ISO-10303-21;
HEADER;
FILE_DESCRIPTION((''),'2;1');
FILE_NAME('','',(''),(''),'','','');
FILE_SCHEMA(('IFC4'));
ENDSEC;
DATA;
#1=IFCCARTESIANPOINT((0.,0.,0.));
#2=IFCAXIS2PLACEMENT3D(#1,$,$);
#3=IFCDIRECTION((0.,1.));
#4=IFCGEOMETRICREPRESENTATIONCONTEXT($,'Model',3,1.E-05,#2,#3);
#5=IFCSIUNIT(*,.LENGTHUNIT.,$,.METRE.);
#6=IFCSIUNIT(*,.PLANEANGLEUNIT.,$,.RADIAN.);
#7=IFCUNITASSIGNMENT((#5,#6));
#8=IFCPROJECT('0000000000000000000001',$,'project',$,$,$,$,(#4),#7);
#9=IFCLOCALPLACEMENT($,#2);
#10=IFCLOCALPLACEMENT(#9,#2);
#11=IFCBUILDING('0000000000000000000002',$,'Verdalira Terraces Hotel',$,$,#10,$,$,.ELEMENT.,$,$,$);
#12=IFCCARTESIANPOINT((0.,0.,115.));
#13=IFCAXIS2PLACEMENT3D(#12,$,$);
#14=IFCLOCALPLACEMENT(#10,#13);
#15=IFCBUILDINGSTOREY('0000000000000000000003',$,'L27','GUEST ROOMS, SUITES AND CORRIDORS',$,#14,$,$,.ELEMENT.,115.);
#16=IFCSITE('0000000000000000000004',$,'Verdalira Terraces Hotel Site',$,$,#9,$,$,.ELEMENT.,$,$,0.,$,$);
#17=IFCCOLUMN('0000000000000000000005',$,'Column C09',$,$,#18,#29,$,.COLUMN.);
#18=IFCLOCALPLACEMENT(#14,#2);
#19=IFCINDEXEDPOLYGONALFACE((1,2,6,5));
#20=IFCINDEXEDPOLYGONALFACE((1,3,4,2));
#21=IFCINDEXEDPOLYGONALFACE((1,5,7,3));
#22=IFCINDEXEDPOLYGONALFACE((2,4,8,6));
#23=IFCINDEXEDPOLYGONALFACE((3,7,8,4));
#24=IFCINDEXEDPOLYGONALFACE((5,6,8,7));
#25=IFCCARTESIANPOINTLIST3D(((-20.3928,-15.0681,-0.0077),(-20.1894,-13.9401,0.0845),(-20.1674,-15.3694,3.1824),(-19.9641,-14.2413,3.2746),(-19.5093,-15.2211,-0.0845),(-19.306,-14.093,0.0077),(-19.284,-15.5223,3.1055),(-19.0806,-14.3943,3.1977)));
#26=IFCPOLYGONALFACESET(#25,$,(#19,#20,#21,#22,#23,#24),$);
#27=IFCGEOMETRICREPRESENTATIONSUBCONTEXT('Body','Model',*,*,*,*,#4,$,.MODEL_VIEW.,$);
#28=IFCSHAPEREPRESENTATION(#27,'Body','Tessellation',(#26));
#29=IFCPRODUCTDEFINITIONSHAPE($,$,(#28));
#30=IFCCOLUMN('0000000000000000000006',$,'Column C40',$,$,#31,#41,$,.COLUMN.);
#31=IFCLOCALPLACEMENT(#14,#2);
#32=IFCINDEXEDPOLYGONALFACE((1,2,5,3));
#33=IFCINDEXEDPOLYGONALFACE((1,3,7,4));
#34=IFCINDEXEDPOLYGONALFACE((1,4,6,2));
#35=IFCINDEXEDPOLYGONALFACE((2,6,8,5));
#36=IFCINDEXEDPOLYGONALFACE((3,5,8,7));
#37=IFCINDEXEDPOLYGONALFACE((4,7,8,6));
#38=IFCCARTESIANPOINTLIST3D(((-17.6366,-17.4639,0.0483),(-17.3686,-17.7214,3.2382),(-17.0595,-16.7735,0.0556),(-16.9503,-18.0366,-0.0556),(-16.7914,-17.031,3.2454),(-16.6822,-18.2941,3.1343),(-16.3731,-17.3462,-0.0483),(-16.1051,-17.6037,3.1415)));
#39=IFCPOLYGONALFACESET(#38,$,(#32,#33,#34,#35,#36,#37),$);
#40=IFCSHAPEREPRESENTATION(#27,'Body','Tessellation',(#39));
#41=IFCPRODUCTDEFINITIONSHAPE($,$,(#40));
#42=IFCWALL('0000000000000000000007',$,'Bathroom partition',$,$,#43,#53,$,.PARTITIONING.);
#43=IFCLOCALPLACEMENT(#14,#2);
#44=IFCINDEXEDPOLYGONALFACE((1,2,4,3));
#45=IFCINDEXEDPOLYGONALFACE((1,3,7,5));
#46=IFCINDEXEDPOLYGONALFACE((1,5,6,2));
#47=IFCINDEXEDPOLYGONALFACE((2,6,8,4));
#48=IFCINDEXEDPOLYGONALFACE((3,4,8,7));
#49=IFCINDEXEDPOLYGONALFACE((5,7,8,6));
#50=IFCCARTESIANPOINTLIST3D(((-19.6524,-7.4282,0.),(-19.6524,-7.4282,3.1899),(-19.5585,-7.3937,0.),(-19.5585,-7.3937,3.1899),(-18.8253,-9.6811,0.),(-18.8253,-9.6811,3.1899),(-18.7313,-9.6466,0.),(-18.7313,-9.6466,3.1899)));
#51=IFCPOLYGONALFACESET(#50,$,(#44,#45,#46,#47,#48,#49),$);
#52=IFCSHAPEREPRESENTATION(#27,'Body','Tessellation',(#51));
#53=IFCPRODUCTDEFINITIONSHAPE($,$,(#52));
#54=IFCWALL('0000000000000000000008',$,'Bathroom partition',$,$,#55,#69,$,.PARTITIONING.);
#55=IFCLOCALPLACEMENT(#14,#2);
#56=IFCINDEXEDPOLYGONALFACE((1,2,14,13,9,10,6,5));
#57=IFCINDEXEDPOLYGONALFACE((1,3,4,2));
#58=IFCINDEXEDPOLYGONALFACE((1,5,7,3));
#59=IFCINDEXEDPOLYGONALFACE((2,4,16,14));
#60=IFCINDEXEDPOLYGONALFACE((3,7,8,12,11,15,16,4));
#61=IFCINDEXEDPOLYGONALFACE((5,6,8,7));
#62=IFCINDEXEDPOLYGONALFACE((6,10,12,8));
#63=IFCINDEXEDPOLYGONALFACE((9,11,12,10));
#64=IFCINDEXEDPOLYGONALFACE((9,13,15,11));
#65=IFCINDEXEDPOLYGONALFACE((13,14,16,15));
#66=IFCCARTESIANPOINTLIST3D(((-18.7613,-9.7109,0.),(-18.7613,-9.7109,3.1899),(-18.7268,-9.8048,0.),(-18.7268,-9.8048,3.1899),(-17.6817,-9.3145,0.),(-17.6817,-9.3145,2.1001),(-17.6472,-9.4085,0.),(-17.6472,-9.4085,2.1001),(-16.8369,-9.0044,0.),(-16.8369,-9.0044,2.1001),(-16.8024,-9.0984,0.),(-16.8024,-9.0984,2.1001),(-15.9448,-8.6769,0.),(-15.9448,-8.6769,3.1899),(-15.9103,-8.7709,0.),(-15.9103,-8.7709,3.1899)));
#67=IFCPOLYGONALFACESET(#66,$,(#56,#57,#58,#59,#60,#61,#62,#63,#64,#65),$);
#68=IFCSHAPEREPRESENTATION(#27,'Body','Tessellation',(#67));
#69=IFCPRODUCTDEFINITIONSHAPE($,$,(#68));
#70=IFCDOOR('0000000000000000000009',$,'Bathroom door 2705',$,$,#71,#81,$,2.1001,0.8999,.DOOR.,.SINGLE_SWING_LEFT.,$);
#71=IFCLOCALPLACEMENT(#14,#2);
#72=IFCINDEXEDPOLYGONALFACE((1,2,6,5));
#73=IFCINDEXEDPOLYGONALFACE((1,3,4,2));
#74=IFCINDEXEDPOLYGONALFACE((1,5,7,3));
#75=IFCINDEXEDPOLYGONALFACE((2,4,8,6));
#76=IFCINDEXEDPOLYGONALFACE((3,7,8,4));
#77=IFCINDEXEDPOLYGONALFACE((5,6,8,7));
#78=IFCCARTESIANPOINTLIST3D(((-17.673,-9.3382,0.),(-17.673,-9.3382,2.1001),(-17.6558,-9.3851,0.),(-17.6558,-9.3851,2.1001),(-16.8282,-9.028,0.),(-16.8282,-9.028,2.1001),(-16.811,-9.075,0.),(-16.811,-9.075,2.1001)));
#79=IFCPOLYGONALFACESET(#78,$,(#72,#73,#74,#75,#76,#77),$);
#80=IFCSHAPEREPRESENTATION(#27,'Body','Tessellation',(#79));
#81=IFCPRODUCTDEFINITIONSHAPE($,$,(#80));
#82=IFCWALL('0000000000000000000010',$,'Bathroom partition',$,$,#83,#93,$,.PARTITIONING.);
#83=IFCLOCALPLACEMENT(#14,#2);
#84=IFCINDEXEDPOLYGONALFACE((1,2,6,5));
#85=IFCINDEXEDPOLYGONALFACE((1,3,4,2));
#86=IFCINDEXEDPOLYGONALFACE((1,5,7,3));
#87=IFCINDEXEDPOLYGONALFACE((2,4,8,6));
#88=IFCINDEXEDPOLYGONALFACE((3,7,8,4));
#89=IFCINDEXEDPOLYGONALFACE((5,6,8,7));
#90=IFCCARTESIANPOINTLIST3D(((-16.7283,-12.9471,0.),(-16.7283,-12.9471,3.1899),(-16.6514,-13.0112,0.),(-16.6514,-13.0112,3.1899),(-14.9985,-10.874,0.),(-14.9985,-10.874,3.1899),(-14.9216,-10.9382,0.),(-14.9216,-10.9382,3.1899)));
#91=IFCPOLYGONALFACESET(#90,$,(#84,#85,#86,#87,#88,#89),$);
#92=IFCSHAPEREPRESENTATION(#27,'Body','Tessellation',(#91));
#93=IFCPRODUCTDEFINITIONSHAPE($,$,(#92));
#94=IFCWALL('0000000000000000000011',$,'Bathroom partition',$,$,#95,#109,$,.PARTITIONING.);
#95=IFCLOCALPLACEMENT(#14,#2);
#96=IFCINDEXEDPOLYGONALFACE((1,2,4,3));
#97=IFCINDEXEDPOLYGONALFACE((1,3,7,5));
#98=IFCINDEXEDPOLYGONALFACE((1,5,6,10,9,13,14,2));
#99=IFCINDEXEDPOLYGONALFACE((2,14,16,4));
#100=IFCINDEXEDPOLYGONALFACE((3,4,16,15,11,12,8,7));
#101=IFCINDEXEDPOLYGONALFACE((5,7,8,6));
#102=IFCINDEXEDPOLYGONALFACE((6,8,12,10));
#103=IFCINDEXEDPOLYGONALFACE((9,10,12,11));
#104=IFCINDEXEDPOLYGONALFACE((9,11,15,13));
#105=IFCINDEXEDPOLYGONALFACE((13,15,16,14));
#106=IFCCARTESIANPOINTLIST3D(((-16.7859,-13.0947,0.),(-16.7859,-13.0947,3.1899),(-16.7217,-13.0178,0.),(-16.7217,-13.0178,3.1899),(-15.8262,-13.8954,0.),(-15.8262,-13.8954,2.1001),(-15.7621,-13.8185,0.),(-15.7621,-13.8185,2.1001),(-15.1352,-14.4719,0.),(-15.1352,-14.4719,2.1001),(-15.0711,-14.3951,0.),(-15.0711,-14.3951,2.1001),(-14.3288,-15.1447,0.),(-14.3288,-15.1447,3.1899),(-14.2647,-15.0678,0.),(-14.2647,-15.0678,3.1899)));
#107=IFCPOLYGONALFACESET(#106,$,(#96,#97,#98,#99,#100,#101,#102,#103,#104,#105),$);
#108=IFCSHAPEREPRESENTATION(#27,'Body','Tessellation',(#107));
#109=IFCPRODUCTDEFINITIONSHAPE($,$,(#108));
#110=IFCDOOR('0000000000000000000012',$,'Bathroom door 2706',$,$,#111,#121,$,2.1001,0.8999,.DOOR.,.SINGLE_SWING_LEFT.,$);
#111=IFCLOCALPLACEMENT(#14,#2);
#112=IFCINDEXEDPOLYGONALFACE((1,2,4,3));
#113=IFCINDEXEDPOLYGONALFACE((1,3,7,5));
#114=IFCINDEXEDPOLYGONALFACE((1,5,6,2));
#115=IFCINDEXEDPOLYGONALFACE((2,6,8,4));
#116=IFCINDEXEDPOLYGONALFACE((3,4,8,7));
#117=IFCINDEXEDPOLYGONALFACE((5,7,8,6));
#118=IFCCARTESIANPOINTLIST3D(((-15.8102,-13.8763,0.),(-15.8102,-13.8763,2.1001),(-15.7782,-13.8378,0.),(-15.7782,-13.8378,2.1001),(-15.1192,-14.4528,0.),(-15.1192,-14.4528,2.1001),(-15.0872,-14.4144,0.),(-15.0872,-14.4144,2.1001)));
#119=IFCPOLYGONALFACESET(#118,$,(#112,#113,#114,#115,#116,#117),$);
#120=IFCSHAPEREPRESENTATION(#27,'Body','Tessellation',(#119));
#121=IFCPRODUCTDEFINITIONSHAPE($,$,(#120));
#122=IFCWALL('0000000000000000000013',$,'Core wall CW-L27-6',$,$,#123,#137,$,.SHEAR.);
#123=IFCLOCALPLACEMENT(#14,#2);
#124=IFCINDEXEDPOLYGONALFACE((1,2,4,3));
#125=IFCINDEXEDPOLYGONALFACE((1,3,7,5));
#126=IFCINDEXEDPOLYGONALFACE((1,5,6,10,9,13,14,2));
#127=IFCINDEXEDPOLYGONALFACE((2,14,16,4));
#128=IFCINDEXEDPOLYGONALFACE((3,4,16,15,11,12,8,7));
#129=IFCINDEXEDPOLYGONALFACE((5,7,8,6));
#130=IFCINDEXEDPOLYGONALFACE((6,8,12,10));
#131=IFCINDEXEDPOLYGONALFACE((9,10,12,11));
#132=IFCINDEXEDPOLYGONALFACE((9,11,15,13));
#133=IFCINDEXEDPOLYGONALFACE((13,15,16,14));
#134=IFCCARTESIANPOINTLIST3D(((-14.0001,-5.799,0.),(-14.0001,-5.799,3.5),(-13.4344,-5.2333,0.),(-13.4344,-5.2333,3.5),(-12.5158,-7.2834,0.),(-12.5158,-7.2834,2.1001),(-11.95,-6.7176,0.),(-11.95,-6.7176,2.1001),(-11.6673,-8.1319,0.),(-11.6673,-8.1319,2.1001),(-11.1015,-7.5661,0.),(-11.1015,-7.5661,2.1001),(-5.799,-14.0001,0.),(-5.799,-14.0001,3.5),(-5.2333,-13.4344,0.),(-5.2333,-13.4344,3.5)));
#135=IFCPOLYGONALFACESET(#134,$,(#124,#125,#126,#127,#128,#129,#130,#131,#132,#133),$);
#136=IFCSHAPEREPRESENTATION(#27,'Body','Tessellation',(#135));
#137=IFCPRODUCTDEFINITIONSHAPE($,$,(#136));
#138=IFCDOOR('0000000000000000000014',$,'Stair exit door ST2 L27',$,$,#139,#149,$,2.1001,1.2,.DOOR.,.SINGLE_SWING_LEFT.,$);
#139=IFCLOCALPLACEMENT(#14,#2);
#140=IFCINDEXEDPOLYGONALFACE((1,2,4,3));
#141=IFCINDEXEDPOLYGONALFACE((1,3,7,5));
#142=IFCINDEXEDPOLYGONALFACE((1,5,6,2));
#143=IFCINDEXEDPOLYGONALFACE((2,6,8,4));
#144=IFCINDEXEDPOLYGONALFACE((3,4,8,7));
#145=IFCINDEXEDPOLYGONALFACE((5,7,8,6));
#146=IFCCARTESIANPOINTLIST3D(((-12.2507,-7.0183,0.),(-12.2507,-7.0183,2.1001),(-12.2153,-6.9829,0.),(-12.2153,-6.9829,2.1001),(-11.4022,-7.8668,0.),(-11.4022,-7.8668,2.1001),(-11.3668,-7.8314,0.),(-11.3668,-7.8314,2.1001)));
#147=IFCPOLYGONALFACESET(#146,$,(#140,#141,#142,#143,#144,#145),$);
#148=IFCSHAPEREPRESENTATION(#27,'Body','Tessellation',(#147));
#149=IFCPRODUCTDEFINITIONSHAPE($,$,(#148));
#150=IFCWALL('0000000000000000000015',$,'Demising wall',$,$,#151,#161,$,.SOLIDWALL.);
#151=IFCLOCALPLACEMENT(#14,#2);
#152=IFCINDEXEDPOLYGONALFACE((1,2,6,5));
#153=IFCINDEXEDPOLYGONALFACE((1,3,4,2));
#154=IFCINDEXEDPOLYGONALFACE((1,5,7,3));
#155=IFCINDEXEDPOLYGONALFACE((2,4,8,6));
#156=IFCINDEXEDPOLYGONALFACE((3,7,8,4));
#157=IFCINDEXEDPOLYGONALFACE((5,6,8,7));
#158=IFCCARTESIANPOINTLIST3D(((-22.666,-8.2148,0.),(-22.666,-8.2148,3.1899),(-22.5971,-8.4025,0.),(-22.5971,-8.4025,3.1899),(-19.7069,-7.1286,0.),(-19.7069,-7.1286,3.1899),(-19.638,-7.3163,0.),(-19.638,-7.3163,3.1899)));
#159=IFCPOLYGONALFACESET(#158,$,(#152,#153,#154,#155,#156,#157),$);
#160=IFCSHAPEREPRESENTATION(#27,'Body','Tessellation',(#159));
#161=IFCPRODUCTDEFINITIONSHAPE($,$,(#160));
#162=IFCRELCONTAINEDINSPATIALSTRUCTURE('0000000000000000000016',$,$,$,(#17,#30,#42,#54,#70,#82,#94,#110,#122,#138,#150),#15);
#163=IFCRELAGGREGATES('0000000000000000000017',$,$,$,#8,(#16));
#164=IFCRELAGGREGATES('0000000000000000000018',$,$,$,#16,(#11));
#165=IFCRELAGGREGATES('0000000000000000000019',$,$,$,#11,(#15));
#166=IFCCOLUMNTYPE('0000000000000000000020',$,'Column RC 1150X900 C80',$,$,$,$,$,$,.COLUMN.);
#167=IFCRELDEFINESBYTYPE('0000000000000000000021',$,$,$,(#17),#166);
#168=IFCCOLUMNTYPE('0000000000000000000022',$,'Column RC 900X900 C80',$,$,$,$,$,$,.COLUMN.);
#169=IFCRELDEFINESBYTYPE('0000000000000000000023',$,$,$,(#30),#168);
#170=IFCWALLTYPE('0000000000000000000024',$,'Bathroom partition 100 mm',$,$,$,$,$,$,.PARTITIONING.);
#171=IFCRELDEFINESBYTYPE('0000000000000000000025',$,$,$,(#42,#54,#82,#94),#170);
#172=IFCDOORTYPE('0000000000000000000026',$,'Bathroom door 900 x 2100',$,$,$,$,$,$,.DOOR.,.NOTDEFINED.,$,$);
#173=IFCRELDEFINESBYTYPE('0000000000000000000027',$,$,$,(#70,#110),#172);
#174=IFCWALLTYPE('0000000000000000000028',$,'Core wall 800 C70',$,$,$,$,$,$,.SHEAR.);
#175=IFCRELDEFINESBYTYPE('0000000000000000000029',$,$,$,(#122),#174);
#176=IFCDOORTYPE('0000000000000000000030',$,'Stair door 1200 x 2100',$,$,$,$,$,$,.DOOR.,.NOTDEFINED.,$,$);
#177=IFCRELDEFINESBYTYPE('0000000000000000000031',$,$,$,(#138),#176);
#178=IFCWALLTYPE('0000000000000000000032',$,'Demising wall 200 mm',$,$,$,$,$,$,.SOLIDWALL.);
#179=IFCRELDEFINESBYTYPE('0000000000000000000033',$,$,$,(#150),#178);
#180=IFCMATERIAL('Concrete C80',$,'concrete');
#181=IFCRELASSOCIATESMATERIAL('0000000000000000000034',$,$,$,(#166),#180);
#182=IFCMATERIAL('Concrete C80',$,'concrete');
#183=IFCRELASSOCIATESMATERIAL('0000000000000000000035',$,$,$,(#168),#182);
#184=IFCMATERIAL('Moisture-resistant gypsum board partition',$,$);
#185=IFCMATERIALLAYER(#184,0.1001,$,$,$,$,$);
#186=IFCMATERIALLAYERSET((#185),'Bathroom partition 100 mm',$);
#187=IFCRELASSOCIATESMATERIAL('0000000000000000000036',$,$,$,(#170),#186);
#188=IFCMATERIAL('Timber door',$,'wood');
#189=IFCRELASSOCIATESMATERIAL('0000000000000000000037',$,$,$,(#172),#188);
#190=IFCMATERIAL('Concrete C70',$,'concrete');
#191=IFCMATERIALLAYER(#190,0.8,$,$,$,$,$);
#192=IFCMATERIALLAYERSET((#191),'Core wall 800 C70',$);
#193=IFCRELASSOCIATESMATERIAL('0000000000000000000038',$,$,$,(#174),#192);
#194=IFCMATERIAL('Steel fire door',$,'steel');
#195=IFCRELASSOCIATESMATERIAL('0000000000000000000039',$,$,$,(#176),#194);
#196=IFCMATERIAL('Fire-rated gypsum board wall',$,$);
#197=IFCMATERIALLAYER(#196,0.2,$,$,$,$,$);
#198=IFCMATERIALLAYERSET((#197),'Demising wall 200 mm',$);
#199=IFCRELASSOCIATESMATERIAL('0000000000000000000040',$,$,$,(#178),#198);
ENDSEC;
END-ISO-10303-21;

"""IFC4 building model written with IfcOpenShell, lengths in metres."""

from ifc_helpers import new_model, si_unit, direction, frame, frame_2d, origin, origin_2d, place, context, subcontext, project, spatial, rectangle, extrude, material, layer, layer_set, material_profile, profile_set, type_object, element, fill, save


model = new_model("IFC4")

# Units and contexts
model_context = context("Model", 3, precision=1e-05, world=origin(), true_north=direction((0.0, 1.0)))
body_context = subcontext(model_context, "Body", "Model", "MODEL_VIEW")
ifc_project = project(units=[si_unit("LENGTHUNIT", "METRE"), si_unit("PLANEANGLEUNIT", "RADIAN")], contexts=[model_context])

# Site, building, storey
site_placement = place(None, origin())
site = spatial("IfcSite", under=ifc_project, at=site_placement, Name="Verdalira Terraces Hotel Site", CompositionType="ELEMENT", RefElevation=0.0)
building_placement = place(site_placement, origin())
building = spatial("IfcBuilding", under=site, at=building_placement, Name="Verdalira Terraces Hotel", CompositionType="ELEMENT")
storey_placement = place(building_placement, frame((0.0, 0.0, 115.0)))
storey = spatial("IfcBuildingStorey", under=building, at=storey_placement, Name="L27", Description="GUEST ROOMS, SUITES AND CORRIDORS", CompositionType="ELEMENT", Elevation=115.0)

# Columns
ifc_material_1 = material(Name="Concrete C80", Category="concrete")
ifc_material_profile_1 = material_profile(ifc_material_1, rectangle(XDim=1.1499, YDim=0.8999, at=origin_2d()), Name="RC 1150X900")
ifc_profile_set_1 = profile_set([ifc_material_profile_1], Name="Concrete C80")
column_type_1 = type_object("IfcColumnType", Name="Column RC 1150X900 C80", PredefinedType="COLUMN", material=ifc_profile_set_1)
column_1_placement = place(storey_placement, frame((-19.8494, -14.5806, 0.0), z_axis=(0.070155, -0.093794, 0.993117), x_axis=(0.17684, 0.98097, 0.080154)))
element("IfcColumn", 1, at=column_1_placement, inside=storey, type_object=column_type_1, Name="Column C09", PredefinedType="COLUMN", context=body_context, shape_type="SweptSolid", body=[
    extrude(rectangle(XDim=1.1499, YDim=0.8999, at=origin_2d()), origin(), (0.0, 0.0, 1.0), 3.2122),
])
ifc_material_2 = material(Name="Concrete C80", Category="concrete")
ifc_material_profile_2 = material_profile(ifc_material_2, rectangle(XDim=0.8999, YDim=0.8999, at=origin_2d()), Name="RC 900X900")
ifc_profile_set_2 = profile_set([ifc_material_profile_2], Name="Concrete C80")
column_type_2 = type_object("IfcColumnType", Name="Column RC 900X900 C80", PredefinedType="COLUMN", material=ifc_profile_set_2)
column_2_placement = place(storey_placement, frame((-17.0049, -17.405, 0.0), z_axis=(0.08347, -0.080201, 0.993278), x_axis=(-0.641373, -0.767187, -0.008048)))
element("IfcColumn", 2, at=column_2_placement, inside=storey, type_object=column_type_2, Name="Column C40", PredefinedType="COLUMN", context=body_context, shape_type="SweptSolid", body=[
    extrude(rectangle(XDim=0.8999, YDim=0.8999, at=origin_2d()), origin(), (0.0, 0.0, 1.0), 3.2114),
])

# Wall
ifc_material_3 = material(Name="Moisture-resistant gypsum board partition")
ifc_layer_1 = layer(ifc_material_3, 0.1001)
ifc_layer_set_1 = layer_set([ifc_layer_1], Name="Bathroom partition 100 mm")
wall_type_1 = type_object("IfcWallType", Name="Bathroom partition 100 mm", PredefinedType="PARTITIONING", material=ifc_layer_set_1)
wall_1_placement = place(storey_placement, frame((-18.7783, -9.6638, 0.0), z_axis=(0.0, 0.0, 1.0), x_axis=(-0.344649, 0.938732, 0.0)))
element("IfcWall", 3, at=wall_1_placement, inside=storey, type_object=wall_type_1, Name="Bathroom partition", PredefinedType="PARTITIONING", context=body_context, shape_type="SweptSolid", body=[
    extrude(rectangle(XDim=2.3999, YDim=0.1001, at=frame_2d((1.2, 0.0))), origin(), (0.0, 0.0, 1.0), 3.1899),
])

# Wall, opening, door
wall_2_placement = place(storey_placement, frame((-18.7439, -9.7578, 0.0), z_axis=(0.0, 0.0, 1.0), x_axis=(0.938741, 0.344623, 0.0)))
wall_2 = element("IfcWall", 4, at=wall_2_placement, inside=storey, type_object=wall_type_1, Name="Bathroom partition", PredefinedType="PARTITIONING", context=body_context, shape_type="SweptSolid", body=[
    extrude(rectangle(XDim=3.0002, YDim=0.1001, at=frame_2d((1.5, 0.0))), origin(), (0.0, 0.0, 1.0), 3.1899),
])
opening_1_placement = place(wall_2_placement, frame((1.1499, 0.0, 0.0)))
opening_1 = element("IfcOpeningElement", 5, at=opening_1_placement, cuts=wall_2, PredefinedType="OPENING", context=body_context, shape_type="SweptSolid", body=[
    extrude(rectangle(XDim=0.8999, YDim=2.1001, at=frame_2d((0.45, 1.05))), frame((0.0, 0.0601, 0.0), z_axis=(0.0, -1.0, 0.0), x_axis=(1.0, 0.0, 0.0)), (0.0, 0.0, 1.0), 0.1201),
])
ifc_material_4 = material(Name="Timber door", Category="wood")
door_type_1 = type_object("IfcDoorType", Name="Bathroom door 900 x 2100", OperationType="NOTDEFINED", PredefinedType="DOOR", material=ifc_material_4)
door_1_placement = place(opening_1_placement, origin())
door_1 = element("IfcDoor", 6, at=door_1_placement, inside=storey, type_object=door_type_1, Name="Bathroom door 2705", OperationType="SINGLE_SWING_LEFT", OverallHeight=2.1001, OverallWidth=0.8999, PredefinedType="DOOR", context=body_context, shape_type="SweptSolid", body=[
    extrude(rectangle(XDim=0.8999, YDim=2.1001, at=frame_2d((0.45, 1.05))), frame((0.0, 0.0249, 0.0), z_axis=(0.0, -1.0, 0.0), x_axis=(1.0, 0.0, 0.0)), (0.0, 0.0, 1.0), 0.05),
])
fill(opening_1, door_1)

# Wall
wall_3_placement = place(storey_placement, frame((-16.6899, -12.9792, 0.0), z_axis=(0.0, 0.0, 1.0), x_axis=(0.640673, 0.767813, 0.0)))
element("IfcWall", 7, at=wall_3_placement, inside=storey, type_object=wall_type_1, Name="Bathroom partition", PredefinedType="PARTITIONING", context=body_context, shape_type="SweptSolid", body=[
    extrude(rectangle(XDim=2.7, YDim=0.1001, at=frame_2d((1.3501, 0.0))), origin(), (0.0, 0.0, 1.0), 3.1899),
])

# Walls, openings, doors
wall_4_placement = place(storey_placement, frame((-16.7539, -13.0562, 0.0), z_axis=(0.0, 0.0, 1.0), x_axis=(0.767833, -0.64065, 0.0)))
wall_4 = element("IfcWall", 8, at=wall_4_placement, inside=storey, type_object=wall_type_1, Name="Bathroom partition", PredefinedType="PARTITIONING", context=body_context, shape_type="SweptSolid", body=[
    extrude(rectangle(XDim=3.2, YDim=0.1001, at=frame_2d((1.6001, 0.0))), origin(), (0.0, 0.0, 1.0), 3.1899),
])
opening_2_placement = place(wall_4_placement, frame((1.25, 0.0, 0.0)))
opening_2 = element("IfcOpeningElement", 9, at=opening_2_placement, cuts=wall_4, PredefinedType="OPENING", context=body_context, shape_type="SweptSolid", body=[
    extrude(rectangle(XDim=0.8999, YDim=2.1001, at=frame_2d((0.45, 1.05))), frame((0.0, 0.0601, 0.0), z_axis=(0.0, -1.0, 0.0), x_axis=(1.0, 0.0, 0.0)), (0.0, 0.0, 1.0), 0.1201),
])
door_2_placement = place(opening_2_placement, origin())
door_2 = element("IfcDoor", 10, at=door_2_placement, inside=storey, type_object=door_type_1, Name="Bathroom door 2706", OperationType="SINGLE_SWING_LEFT", OverallHeight=2.1001, OverallWidth=0.8999, PredefinedType="DOOR", context=body_context, shape_type="SweptSolid", body=[
    extrude(rectangle(XDim=0.8999, YDim=2.1001, at=frame_2d((0.45, 1.05))), frame((0.0, 0.0249, 0.0), z_axis=(0.0, -1.0, 0.0), x_axis=(1.0, 0.0, 0.0)), (0.0, 0.0, 1.0), 0.05),
])
fill(opening_2, door_2)
ifc_material_5 = material(Name="Concrete C70", Category="concrete")
ifc_layer_2 = layer(ifc_material_5, 0.8)
ifc_layer_set_2 = layer_set([ifc_layer_2], Name="Core wall 800 C70")
wall_type_2 = type_object("IfcWallType", Name="Core wall 800 C70", PredefinedType="SHEAR", material=ifc_layer_set_2)
wall_5_placement = place(storey_placement, frame((-13.7173, -5.5161, 0.0), z_axis=(0.0, 0.0, 1.0), x_axis=(0.707107, -0.707107, 0.0)))
wall_5 = element("IfcWall", 11, at=wall_5_placement, inside=storey, type_object=wall_type_2, Name="Core wall CW-L27-6", PredefinedType="SHEAR", context=body_context, shape_type="SweptSolid", body=[
    extrude(rectangle(XDim=11.5981, YDim=0.8, at=frame_2d((5.7991, 0.0))), origin(), (0.0, 0.0, 1.0), 3.5),
])
opening_3_placement = place(wall_5_placement, frame((2.0991, 0.0, 0.0)))
opening_3 = element("IfcOpeningElement", 12, at=opening_3_placement, cuts=wall_5, PredefinedType="OPENING", context=body_context, shape_type="SweptSolid", body=[
    extrude(rectangle(XDim=1.2, YDim=2.1001, at=frame_2d((0.6001, 1.05))), frame((0.0, 0.4099, 0.0), z_axis=(0.0, -1.0, 0.0), x_axis=(1.0, 0.0, 0.0)), (0.0, 0.0, 1.0), 0.8201),
])
ifc_material_6 = material(Name="Steel fire door", Category="steel")
door_type_2 = type_object("IfcDoorType", Name="Stair door 1200 x 2100", OperationType="NOTDEFINED", PredefinedType="DOOR", material=ifc_material_6)
door_3_placement = place(opening_3_placement, origin())
door_3 = element("IfcDoor", 13, at=door_3_placement, inside=storey, type_object=door_type_2, Name="Stair exit door ST2 L27", OperationType="SINGLE_SWING_LEFT", OverallHeight=2.1001, OverallWidth=1.2, PredefinedType="DOOR", context=body_context, shape_type="SweptSolid", body=[
    extrude(rectangle(XDim=1.2, YDim=2.1001, at=frame_2d((0.6001, 1.05))), frame((0.0, 0.0249, 0.0), z_axis=(0.0, -1.0, 0.0), x_axis=(1.0, 0.0, 0.0)), (0.0, 0.0, 1.0), 0.05),
])
fill(opening_3, door_3)

# Wall
ifc_material_7 = material(Name="Fire-rated gypsum board wall")
ifc_layer_3 = layer(ifc_material_7, 0.2)
ifc_layer_set_3 = layer_set([ifc_layer_3], Name="Demising wall 200 mm")
wall_type_3 = type_object("IfcWallType", Name="Demising wall 200 mm", PredefinedType="SOLIDWALL", material=ifc_layer_set_3)
wall_6_placement = place(storey_placement, frame((-19.6724, -7.2224, 0.0), z_axis=(0.0, 0.0, 1.0), x_axis=(-0.938751, -0.344596, 0.0)))
element("IfcWall", 14, at=wall_6_placement, inside=storey, type_object=wall_type_3, Name="Demising wall", PredefinedType="SOLIDWALL", context=body_context, shape_type="SweptSolid", body=[
    extrude(rectangle(XDim=3.1521, YDim=0.2, at=frame_2d((1.5762, 0.0))), origin(), (0.0, 0.0, 1.0), 3.1899),
])

save(model, "model.ifc")
